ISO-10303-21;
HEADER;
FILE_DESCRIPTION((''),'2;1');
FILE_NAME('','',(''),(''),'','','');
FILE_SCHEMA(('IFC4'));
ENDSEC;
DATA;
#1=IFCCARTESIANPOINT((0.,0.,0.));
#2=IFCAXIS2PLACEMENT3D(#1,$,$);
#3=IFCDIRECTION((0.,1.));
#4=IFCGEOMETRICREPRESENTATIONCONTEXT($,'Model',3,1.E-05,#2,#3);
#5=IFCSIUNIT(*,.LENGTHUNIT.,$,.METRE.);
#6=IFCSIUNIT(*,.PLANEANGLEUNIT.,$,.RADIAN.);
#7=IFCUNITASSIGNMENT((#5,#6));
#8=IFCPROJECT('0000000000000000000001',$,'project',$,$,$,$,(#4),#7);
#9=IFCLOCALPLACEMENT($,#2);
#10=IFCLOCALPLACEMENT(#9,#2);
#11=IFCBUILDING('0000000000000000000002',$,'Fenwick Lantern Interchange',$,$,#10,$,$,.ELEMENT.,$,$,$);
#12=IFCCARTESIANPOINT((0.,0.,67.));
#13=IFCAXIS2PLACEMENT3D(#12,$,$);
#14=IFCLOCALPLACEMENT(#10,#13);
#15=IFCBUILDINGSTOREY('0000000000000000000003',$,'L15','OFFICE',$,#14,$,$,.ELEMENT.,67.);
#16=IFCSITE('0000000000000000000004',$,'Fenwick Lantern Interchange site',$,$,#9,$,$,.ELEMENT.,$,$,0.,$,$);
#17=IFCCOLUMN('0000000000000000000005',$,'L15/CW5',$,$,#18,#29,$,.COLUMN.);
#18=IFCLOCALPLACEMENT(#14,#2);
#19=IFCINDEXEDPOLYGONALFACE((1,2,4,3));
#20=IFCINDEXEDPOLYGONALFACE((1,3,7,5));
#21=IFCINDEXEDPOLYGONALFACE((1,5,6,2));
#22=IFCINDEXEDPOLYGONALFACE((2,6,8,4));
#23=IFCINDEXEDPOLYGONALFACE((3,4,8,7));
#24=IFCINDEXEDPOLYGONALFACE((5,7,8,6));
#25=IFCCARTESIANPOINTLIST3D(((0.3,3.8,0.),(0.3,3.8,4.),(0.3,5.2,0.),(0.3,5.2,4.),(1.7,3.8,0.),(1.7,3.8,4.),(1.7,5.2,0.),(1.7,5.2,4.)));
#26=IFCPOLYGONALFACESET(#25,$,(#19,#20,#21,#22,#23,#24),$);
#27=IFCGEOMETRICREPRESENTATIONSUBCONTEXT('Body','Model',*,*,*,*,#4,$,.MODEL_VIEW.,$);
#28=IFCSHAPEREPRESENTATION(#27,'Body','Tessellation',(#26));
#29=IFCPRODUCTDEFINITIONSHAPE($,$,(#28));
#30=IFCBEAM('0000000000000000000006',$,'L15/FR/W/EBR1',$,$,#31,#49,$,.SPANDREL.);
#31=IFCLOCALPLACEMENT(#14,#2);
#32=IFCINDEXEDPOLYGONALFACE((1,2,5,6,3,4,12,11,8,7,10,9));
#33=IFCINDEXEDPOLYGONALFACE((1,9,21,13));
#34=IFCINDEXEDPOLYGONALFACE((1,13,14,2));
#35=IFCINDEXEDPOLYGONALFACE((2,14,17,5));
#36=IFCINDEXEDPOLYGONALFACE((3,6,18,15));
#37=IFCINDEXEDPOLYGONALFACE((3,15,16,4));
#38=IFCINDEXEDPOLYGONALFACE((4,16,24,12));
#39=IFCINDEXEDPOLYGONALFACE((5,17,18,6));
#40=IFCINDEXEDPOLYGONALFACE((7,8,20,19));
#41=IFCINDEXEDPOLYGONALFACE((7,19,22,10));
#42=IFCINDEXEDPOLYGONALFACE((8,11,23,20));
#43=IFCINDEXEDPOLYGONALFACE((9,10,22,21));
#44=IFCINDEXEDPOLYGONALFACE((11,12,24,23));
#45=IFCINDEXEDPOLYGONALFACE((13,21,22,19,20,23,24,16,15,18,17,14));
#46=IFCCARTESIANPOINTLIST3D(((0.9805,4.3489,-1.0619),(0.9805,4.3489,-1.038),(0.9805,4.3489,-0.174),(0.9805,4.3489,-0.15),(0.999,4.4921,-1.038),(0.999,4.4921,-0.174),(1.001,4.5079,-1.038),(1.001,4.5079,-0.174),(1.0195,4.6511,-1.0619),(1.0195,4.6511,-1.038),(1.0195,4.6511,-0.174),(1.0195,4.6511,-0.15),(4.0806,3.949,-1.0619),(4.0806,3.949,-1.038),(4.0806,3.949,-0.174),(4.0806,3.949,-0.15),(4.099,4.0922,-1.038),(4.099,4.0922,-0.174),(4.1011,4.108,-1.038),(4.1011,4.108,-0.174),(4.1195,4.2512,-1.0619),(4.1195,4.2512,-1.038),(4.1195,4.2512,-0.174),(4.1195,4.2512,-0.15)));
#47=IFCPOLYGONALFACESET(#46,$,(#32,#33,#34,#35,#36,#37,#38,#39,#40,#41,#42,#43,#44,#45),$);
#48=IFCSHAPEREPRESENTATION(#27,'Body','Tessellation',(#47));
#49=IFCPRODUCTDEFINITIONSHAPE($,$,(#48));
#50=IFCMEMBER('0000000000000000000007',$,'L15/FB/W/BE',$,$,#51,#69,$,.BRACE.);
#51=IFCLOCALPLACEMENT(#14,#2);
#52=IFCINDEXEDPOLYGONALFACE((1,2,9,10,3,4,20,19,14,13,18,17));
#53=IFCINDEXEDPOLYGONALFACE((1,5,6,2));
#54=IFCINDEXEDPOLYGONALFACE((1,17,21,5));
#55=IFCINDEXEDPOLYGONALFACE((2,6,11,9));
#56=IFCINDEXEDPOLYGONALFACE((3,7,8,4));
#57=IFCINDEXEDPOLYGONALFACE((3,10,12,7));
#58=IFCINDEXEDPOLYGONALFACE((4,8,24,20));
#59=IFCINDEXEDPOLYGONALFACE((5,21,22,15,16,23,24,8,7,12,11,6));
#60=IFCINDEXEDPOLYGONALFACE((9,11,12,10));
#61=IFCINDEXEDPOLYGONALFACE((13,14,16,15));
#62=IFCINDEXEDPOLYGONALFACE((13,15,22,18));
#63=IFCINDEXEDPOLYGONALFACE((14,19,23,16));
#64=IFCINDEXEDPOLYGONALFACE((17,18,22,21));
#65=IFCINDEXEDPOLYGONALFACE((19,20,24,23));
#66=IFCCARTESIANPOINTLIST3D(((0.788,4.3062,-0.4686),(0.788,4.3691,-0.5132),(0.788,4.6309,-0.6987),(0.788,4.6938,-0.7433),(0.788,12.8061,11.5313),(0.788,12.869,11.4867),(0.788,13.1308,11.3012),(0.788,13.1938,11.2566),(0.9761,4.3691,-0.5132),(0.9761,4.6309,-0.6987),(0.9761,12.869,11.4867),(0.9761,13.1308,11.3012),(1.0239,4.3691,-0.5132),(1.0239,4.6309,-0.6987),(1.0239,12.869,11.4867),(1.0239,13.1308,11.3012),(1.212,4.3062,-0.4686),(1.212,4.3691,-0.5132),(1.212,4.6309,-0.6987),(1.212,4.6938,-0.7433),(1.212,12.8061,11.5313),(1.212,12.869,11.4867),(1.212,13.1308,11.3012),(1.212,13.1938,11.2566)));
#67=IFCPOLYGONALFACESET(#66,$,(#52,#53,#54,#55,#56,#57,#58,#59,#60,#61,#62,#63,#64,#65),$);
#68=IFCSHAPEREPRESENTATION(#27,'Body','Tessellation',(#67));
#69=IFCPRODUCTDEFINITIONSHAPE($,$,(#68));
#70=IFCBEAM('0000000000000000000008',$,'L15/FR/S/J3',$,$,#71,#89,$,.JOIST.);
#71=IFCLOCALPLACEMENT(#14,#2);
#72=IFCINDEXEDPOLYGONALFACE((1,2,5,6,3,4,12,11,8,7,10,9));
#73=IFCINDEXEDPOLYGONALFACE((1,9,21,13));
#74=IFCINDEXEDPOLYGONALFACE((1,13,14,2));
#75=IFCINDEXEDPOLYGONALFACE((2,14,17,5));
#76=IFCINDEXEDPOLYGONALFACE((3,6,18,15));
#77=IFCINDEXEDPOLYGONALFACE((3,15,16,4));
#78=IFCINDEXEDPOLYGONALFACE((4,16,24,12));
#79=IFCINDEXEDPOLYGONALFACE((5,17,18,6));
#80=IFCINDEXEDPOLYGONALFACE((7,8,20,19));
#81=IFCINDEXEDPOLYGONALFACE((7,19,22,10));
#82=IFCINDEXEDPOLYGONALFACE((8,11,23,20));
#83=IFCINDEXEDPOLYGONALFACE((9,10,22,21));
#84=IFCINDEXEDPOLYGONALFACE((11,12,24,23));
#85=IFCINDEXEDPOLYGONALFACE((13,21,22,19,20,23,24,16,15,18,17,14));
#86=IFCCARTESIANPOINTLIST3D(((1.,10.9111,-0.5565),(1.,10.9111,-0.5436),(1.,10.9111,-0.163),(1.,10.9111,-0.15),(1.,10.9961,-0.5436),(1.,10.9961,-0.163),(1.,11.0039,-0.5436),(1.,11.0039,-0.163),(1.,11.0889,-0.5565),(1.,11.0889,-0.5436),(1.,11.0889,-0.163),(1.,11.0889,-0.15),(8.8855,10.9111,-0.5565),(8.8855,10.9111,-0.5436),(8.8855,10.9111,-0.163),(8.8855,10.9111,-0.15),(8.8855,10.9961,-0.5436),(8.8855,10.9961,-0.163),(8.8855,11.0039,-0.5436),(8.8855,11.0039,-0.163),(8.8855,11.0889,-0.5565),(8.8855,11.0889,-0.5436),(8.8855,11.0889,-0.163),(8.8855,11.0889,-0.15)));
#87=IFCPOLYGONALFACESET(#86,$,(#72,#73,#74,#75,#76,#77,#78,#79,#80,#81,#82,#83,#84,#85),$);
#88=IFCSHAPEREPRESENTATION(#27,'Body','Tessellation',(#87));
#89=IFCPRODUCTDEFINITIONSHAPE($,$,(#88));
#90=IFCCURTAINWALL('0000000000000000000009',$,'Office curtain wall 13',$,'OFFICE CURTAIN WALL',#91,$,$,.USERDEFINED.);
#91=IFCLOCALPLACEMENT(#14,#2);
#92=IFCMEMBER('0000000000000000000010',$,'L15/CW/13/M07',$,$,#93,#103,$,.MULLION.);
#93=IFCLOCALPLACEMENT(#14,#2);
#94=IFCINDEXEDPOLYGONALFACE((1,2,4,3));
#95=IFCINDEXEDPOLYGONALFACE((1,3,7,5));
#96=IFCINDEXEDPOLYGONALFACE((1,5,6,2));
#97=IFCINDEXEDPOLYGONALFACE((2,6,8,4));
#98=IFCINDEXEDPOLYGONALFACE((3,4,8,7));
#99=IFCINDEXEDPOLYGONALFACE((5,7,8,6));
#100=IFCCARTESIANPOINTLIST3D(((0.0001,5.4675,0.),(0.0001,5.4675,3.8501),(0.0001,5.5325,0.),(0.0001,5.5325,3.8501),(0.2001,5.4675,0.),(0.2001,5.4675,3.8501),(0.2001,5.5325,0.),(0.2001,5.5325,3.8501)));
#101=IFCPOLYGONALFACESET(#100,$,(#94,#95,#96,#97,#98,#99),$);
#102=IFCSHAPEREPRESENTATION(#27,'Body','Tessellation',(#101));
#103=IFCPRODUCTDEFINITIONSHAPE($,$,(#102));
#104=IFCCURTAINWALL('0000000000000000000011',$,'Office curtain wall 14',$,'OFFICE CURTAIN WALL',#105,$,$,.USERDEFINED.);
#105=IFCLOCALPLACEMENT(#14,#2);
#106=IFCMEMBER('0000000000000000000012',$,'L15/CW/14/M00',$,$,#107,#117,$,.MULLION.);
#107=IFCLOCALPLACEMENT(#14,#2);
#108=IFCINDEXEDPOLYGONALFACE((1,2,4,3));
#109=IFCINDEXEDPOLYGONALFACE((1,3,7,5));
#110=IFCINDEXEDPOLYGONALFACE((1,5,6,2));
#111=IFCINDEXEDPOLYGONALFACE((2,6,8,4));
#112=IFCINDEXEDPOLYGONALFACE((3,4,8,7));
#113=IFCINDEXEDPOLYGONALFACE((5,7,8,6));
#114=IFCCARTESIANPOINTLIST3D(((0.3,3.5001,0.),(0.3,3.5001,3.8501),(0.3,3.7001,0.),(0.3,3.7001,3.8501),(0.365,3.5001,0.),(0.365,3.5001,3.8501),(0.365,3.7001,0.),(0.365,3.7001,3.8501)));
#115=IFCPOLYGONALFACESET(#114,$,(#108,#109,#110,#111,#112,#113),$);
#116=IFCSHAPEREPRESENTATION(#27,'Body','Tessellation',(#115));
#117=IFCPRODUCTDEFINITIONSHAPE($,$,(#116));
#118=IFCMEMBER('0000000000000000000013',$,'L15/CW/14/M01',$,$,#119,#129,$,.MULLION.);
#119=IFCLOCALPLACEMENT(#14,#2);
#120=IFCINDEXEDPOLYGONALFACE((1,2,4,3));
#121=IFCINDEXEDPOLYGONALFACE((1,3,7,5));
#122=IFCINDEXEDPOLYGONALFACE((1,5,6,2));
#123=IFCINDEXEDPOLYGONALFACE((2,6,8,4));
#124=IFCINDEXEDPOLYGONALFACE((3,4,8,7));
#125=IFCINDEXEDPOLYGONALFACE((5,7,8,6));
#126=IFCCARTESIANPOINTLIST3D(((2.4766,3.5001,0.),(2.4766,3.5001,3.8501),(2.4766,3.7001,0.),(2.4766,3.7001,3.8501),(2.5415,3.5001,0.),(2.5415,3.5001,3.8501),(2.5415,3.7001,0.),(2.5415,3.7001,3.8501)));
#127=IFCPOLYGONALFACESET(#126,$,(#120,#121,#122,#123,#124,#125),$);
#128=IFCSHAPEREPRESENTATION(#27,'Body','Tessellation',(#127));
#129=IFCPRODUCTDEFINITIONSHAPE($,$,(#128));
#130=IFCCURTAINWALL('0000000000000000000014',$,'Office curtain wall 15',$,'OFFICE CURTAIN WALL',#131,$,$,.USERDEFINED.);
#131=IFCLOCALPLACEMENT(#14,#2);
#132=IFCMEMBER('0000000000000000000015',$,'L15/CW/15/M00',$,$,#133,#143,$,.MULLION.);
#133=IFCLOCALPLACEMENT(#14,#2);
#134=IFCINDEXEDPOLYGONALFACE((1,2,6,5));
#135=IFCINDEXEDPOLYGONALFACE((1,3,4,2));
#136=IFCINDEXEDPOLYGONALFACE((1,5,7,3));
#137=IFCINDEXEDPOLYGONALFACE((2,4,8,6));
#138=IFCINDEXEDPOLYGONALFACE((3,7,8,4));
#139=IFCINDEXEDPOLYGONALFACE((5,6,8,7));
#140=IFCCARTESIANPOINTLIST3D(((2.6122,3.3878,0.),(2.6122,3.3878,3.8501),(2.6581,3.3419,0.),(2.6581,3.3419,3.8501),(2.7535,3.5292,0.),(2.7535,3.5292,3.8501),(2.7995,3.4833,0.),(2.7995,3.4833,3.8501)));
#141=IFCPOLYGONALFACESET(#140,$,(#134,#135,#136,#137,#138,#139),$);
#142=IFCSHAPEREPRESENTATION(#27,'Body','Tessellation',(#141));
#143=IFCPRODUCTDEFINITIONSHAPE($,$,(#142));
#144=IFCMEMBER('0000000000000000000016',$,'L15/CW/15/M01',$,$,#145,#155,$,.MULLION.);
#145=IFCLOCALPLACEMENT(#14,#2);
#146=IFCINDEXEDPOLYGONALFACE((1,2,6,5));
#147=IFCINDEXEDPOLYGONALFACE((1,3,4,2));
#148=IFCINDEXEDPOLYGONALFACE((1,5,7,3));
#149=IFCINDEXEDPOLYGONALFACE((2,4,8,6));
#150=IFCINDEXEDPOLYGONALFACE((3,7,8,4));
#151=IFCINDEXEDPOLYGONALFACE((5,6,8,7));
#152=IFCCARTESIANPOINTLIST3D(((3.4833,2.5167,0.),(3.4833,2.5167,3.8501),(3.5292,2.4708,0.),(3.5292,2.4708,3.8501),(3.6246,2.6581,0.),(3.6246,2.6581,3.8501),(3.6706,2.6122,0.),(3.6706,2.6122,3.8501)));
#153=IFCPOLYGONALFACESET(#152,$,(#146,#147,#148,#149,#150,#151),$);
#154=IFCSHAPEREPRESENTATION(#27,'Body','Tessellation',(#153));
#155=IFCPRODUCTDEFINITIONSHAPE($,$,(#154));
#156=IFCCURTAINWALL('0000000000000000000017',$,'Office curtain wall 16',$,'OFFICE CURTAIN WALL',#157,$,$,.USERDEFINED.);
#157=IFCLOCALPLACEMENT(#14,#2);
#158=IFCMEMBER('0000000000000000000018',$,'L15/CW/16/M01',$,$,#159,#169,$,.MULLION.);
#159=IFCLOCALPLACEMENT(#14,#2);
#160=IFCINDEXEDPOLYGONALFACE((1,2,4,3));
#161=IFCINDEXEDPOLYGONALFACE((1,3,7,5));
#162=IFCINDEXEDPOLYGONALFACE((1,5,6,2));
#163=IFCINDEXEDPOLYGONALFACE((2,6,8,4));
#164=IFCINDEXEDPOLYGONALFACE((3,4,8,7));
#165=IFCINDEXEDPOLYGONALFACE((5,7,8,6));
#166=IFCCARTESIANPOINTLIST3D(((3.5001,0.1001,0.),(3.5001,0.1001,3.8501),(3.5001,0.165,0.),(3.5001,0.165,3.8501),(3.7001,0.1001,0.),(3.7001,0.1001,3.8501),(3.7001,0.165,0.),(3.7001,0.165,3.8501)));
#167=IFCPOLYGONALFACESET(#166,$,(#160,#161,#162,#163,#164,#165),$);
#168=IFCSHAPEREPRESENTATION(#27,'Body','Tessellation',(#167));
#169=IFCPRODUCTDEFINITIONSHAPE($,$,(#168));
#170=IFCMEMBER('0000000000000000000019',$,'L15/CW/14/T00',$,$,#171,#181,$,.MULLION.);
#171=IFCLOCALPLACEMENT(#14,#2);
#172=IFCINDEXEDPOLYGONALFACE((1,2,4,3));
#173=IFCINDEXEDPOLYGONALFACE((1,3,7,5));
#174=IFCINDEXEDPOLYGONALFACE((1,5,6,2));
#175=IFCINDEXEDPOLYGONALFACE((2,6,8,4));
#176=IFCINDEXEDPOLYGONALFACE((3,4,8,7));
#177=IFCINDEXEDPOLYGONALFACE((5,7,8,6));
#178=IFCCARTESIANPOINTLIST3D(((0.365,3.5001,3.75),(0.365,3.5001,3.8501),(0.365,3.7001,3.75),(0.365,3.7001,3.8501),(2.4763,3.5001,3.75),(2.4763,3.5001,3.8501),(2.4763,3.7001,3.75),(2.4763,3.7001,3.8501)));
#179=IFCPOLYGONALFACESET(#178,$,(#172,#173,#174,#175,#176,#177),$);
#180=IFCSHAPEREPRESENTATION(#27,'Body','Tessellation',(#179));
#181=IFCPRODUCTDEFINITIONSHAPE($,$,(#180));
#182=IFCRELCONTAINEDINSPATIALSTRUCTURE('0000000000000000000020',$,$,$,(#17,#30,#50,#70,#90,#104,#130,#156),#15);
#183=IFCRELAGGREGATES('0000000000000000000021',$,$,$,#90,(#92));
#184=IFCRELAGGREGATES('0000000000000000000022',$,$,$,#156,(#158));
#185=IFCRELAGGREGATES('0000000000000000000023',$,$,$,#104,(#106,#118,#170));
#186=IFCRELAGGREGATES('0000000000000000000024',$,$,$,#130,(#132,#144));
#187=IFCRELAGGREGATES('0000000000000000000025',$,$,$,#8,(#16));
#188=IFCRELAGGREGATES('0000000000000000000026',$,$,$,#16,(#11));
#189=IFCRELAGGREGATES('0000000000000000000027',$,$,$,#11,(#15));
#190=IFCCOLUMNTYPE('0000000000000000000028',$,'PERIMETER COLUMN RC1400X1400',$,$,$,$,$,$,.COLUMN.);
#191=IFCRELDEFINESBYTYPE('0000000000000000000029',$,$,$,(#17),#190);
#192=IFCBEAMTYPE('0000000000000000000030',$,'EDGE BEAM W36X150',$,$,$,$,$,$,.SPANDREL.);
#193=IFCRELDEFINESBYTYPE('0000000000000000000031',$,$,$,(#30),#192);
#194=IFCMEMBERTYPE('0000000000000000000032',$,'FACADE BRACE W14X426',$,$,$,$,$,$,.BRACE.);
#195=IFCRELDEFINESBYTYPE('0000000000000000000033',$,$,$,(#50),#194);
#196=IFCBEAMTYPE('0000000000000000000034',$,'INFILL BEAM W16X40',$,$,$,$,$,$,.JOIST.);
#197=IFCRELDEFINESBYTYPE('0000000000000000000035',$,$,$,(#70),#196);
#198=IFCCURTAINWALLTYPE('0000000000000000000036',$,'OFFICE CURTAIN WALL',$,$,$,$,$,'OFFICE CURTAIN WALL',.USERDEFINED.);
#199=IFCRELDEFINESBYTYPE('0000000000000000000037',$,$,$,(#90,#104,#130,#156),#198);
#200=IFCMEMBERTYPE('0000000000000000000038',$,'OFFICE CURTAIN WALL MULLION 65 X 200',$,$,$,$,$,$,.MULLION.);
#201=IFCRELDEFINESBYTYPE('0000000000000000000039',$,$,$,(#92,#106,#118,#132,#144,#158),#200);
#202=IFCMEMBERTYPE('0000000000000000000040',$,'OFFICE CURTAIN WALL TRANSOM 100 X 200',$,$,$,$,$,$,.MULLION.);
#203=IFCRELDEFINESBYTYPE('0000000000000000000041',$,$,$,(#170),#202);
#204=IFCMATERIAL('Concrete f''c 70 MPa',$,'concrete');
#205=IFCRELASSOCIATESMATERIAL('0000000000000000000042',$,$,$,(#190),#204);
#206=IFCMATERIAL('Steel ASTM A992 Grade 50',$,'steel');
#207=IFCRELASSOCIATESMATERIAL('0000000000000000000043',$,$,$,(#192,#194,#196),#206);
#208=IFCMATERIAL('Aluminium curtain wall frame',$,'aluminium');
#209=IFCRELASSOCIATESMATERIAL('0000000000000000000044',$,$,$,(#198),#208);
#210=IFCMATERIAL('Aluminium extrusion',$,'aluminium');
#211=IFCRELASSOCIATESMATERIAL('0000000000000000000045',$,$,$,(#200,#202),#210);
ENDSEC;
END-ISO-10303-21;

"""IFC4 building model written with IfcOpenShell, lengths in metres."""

from ifc_helpers import new_model, si_unit, direction, frame, origin, origin_2d, place, context, subcontext, project, spatial, rectangle, i_section, extrude, material, material_profile, profile_set, type_object, element, aggregate, save


model = new_model("IFC4")

# Units and contexts
model_context = context("Model", 3, precision=1e-05, world=origin(), true_north=direction((0.0, 1.0)))
body_context = subcontext(model_context, "Body", "Model", "MODEL_VIEW")
ifc_project = project(units=[si_unit("LENGTHUNIT", "METRE"), si_unit("PLANEANGLEUNIT", "RADIAN")], contexts=[model_context])

# Site, building, storey
site_placement = place(None, origin())
site = spatial("IfcSite", under=ifc_project, at=site_placement, Name="Fenwick Lantern Interchange site", CompositionType="ELEMENT", RefElevation=0.0)
building_placement = place(site_placement, origin())
building = spatial("IfcBuilding", under=site, at=building_placement, Name="Fenwick Lantern Interchange", CompositionType="ELEMENT")
storey_placement = place(building_placement, frame((0.0, 0.0, 67.0)))
storey = spatial("IfcBuildingStorey", under=building, at=storey_placement, Name="L15", Description="OFFICE", CompositionType="ELEMENT", Elevation=67.0)

# Column
ifc_material_1 = material(Name="Concrete f'c 70 MPa", Category="concrete")
ifc_material_profile_1 = material_profile(ifc_material_1, rectangle(XDim=1.3999, YDim=1.3999, at=origin_2d()), Name="RC1400X1400")
ifc_profile_set_1 = profile_set([ifc_material_profile_1], Name="Concrete f'c 70 MPa")
column_type = type_object("IfcColumnType", Name="PERIMETER COLUMN RC1400X1400", PredefinedType="COLUMN", material=ifc_profile_set_1)
column_placement = place(storey_placement, frame((1.0, 4.5, 0.0), z_axis=(0.0, 0.0, 1.0), x_axis=(1.0, 0.0, 0.0)))
element("IfcColumn", 1, at=column_placement, inside=storey, type_object=column_type, Name="L15/CW5", PredefinedType="COLUMN", context=body_context, shape_type="SweptSolid", body=[
    extrude(rectangle(XDim=1.3999, YDim=1.3999, at=origin_2d()), origin(), (0.0, 0.0, 1.0), 4.0),
])

# Beam
ifc_material_2 = material(Name="Steel ASTM A992 Grade 50", Category="steel")
ifc_material_profile_2 = material_profile(ifc_material_2, i_section(OverallWidth=0.3047, OverallDepth=0.9119, WebThickness=0.0159, FlangeThickness=0.0239, at=origin_2d()), Name="W36X150")
ifc_profile_set_2 = profile_set([ifc_material_profile_2], Name="Steel ASTM A992 Grade 50")
beam_type_1 = type_object("IfcBeamType", Name="EDGE BEAM W36X150", PredefinedType="SPANDREL", material=ifc_profile_set_2)
beam_1_placement = place(storey_placement, frame((1.0, 4.5, -0.606), z_axis=(0.991782, -0.127937, 0.0), x_axis=(0.127937, 0.991782, 0.0)))
element("IfcBeam", 2, at=beam_1_placement, inside=storey, type_object=beam_type_1, Name="L15/FR/W/EBR1", PredefinedType="SPANDREL", context=body_context, shape_type="SweptSolid", body=[
    extrude(i_section(OverallWidth=0.3047, OverallDepth=0.9119, WebThickness=0.0159, FlangeThickness=0.0239, at=origin_2d()), origin(), (0.0, 0.0, 1.0), 3.1257),
])

# Member
ifc_material_profile_3 = material_profile(ifc_material_2, i_section(OverallWidth=0.4241, OverallDepth=0.4751, WebThickness=0.0479, FlangeThickness=0.0771, at=origin_2d()), Name="W14X426")
ifc_profile_set_3 = profile_set([ifc_material_profile_3], Name="Steel ASTM A992 Grade 50")
member_type_1 = type_object("IfcMemberType", Name="FACADE BRACE W14X426", PredefinedType="BRACE", material=ifc_profile_set_3)
member_1_placement = place(storey_placement, frame((1.0, 4.5, -0.606), z_axis=(0.0, 0.578017, 0.816024), x_axis=(-1.0, 0.0, 0.0)))
element("IfcMember", 3, at=member_1_placement, inside=storey, type_object=member_type_1, Name="L15/FB/W/BE", PredefinedType="BRACE", context=body_context, shape_type="SweptSolid", body=[
    extrude(i_section(OverallWidth=0.4241, OverallDepth=0.4751, WebThickness=0.0479, FlangeThickness=0.0771, at=origin_2d()), origin(), (0.0, 0.0, 1.0), 14.7053),
])

# Beam
ifc_material_profile_4 = material_profile(ifc_material_2, i_section(OverallWidth=0.1777, OverallDepth=0.4065, WebThickness=0.0078, FlangeThickness=0.0129, at=origin_2d()), Name="W16X40")
ifc_profile_set_4 = profile_set([ifc_material_profile_4], Name="Steel ASTM A992 Grade 50")
beam_type_2 = type_object("IfcBeamType", Name="INFILL BEAM W16X40", PredefinedType="JOIST", material=ifc_profile_set_4)
beam_2_placement = place(storey_placement, frame((1.0, 11.0, -0.3533), z_axis=(1.0, 0.0, 0.0), x_axis=(0.0, 1.0, 0.0)))
element("IfcBeam", 4, at=beam_2_placement, inside=storey, type_object=beam_type_2, Name="L15/FR/S/J3", PredefinedType="JOIST", context=body_context, shape_type="SweptSolid", body=[
    extrude(i_section(OverallWidth=0.1777, OverallDepth=0.4065, WebThickness=0.0078, FlangeThickness=0.0129, at=origin_2d()), origin(), (0.0, 0.0, 1.0), 7.8855),
])

# Curtain wall, member
ifc_material_3 = material(Name="Aluminium curtain wall frame", Category="aluminium")
curtain_wall_type = type_object("IfcCurtainWallType", Name="OFFICE CURTAIN WALL", ElementType="OFFICE CURTAIN WALL", PredefinedType="USERDEFINED", material=ifc_material_3)
curtain_wall_1_placement = place(storey_placement, origin())
curtain_wall_1 = element("IfcCurtainWall", 5, at=curtain_wall_1_placement, inside=storey, type_object=curtain_wall_type, Name="Office curtain wall 13", ObjectType="OFFICE CURTAIN WALL", PredefinedType="USERDEFINED")
ifc_material_4 = material(Name="Aluminium extrusion", Category="aluminium")
ifc_material_profile_5 = material_profile(ifc_material_4, rectangle(XDim=0.2, YDim=0.0649, at=origin_2d()), Name="OFFICE CURTAIN WALL MULLION 65 X 200")
ifc_profile_set_5 = profile_set([ifc_material_profile_5], Name="Aluminium extrusion")
member_type_2 = type_object("IfcMemberType", Name="OFFICE CURTAIN WALL MULLION 65 X 200", PredefinedType="MULLION", material=ifc_profile_set_5)
member_2_placement = place(storey_placement, frame((0.1001, 5.5, 0.0), z_axis=(0.0, 0.0, 1.0), x_axis=(1.0, 0.0, 0.0)))
member_2 = element("IfcMember", 6, at=member_2_placement, type_object=member_type_2, Name="L15/CW/13/M07", PredefinedType="MULLION", context=body_context, shape_type="SweptSolid", body=[
    extrude(rectangle(XDim=0.2, YDim=0.0649, at=origin_2d()), origin(), (0.0, 0.0, 1.0), 3.8501),
])
aggregate(curtain_wall_1, [member_2])

# Curtain walls, members
curtain_wall_2_placement = place(storey_placement, origin())
curtain_wall_2 = element("IfcCurtainWall", 7, at=curtain_wall_2_placement, inside=storey, type_object=curtain_wall_type, Name="Office curtain wall 14", ObjectType="OFFICE CURTAIN WALL", PredefinedType="USERDEFINED")
member_3_placement = place(storey_placement, frame((0.3325, 3.6001, 0.0), z_axis=(0.0, 0.0, 1.0), x_axis=(0.0, 1.0, 0.0)))
member_3 = element("IfcMember", 8, at=member_3_placement, type_object=member_type_2, Name="L15/CW/14/M00", PredefinedType="MULLION", context=body_context, shape_type="SweptSolid", body=[
    extrude(rectangle(XDim=0.2, YDim=0.0649, at=origin_2d()), origin(), (0.0, 0.0, 1.0), 3.8501),
])
member_4_placement = place(storey_placement, frame((2.509, 3.6001, 0.0), z_axis=(0.0, 0.0, 1.0), x_axis=(0.0, 1.0, 0.0)))
member_4 = element("IfcMember", 9, at=member_4_placement, type_object=member_type_2, Name="L15/CW/14/M01", PredefinedType="MULLION", context=body_context, shape_type="SweptSolid", body=[
    extrude(rectangle(XDim=0.2, YDim=0.0649, at=origin_2d()), origin(), (0.0, 0.0, 1.0), 3.8501),
])
curtain_wall_3_placement = place(storey_placement, origin())
curtain_wall_3 = element("IfcCurtainWall", 10, at=curtain_wall_3_placement, inside=storey, type_object=curtain_wall_type, Name="Office curtain wall 15", ObjectType="OFFICE CURTAIN WALL", PredefinedType="USERDEFINED")
member_5_placement = place(storey_placement, frame((2.7058, 3.4355, 0.0), z_axis=(0.0, 0.0, 1.0), x_axis=(0.707107, 0.707107, 0.0)))
member_5 = element("IfcMember", 11, at=member_5_placement, type_object=member_type_2, Name="L15/CW/15/M00", PredefinedType="MULLION", context=body_context, shape_type="SweptSolid", body=[
    extrude(rectangle(XDim=0.2, YDim=0.0649, at=origin_2d()), origin(), (0.0, 0.0, 1.0), 3.8501),
])
member_6_placement = place(storey_placement, frame((3.5769, 2.5645, 0.0), z_axis=(0.0, 0.0, 1.0), x_axis=(0.707107, 0.707107, 0.0)))
member_6 = element("IfcMember", 12, at=member_6_placement, type_object=member_type_2, Name="L15/CW/15/M01", PredefinedType="MULLION", context=body_context, shape_type="SweptSolid", body=[
    extrude(rectangle(XDim=0.2, YDim=0.0649, at=origin_2d()), origin(), (0.0, 0.0, 1.0), 3.8501),
])

# Curtain wall, member
curtain_wall_4_placement = place(storey_placement, origin())
curtain_wall_4 = element("IfcCurtainWall", 13, at=curtain_wall_4_placement, inside=storey, type_object=curtain_wall_type, Name="Office curtain wall 16", ObjectType="OFFICE CURTAIN WALL", PredefinedType="USERDEFINED")
member_7_placement = place(storey_placement, frame((3.6001, 0.1326, 0.0), z_axis=(0.0, 0.0, 1.0), x_axis=(1.0, 0.0, 0.0)))
member_7 = element("IfcMember", 14, at=member_7_placement, type_object=member_type_2, Name="L15/CW/16/M01", PredefinedType="MULLION", context=body_context, shape_type="SweptSolid", body=[
    extrude(rectangle(XDim=0.2, YDim=0.0649, at=origin_2d()), origin(), (0.0, 0.0, 1.0), 3.8501),
])
aggregate(curtain_wall_4, [member_7])

# Member
ifc_material_profile_6 = material_profile(ifc_material_4, rectangle(XDim=0.2, YDim=0.1001, at=origin_2d()), Name="OFFICE CURTAIN WALL TRANSOM 100 X 200")
ifc_profile_set_6 = profile_set([ifc_material_profile_6], Name="Aluminium extrusion")
member_type_3 = type_object("IfcMemberType", Name="OFFICE CURTAIN WALL TRANSOM 100 X 200", PredefinedType="MULLION", material=ifc_profile_set_6)
member_8_placement = place(storey_placement, frame((0.365, 3.6001, 3.8), z_axis=(1.0, 0.0, 0.0), x_axis=(0.0, 1.0, 0.0)))
member_8 = element("IfcMember", 15, at=member_8_placement, type_object=member_type_3, Name="L15/CW/14/T00", PredefinedType="MULLION", context=body_context, shape_type="SweptSolid", body=[
    extrude(rectangle(XDim=0.2, YDim=0.1001, at=origin_2d()), origin(), (0.0, 0.0, 1.0), 2.1113),
])
aggregate(curtain_wall_2, [member_3, member_4, member_8])
aggregate(curtain_wall_3, [member_5, member_6])

save(model, "model.ifc")
